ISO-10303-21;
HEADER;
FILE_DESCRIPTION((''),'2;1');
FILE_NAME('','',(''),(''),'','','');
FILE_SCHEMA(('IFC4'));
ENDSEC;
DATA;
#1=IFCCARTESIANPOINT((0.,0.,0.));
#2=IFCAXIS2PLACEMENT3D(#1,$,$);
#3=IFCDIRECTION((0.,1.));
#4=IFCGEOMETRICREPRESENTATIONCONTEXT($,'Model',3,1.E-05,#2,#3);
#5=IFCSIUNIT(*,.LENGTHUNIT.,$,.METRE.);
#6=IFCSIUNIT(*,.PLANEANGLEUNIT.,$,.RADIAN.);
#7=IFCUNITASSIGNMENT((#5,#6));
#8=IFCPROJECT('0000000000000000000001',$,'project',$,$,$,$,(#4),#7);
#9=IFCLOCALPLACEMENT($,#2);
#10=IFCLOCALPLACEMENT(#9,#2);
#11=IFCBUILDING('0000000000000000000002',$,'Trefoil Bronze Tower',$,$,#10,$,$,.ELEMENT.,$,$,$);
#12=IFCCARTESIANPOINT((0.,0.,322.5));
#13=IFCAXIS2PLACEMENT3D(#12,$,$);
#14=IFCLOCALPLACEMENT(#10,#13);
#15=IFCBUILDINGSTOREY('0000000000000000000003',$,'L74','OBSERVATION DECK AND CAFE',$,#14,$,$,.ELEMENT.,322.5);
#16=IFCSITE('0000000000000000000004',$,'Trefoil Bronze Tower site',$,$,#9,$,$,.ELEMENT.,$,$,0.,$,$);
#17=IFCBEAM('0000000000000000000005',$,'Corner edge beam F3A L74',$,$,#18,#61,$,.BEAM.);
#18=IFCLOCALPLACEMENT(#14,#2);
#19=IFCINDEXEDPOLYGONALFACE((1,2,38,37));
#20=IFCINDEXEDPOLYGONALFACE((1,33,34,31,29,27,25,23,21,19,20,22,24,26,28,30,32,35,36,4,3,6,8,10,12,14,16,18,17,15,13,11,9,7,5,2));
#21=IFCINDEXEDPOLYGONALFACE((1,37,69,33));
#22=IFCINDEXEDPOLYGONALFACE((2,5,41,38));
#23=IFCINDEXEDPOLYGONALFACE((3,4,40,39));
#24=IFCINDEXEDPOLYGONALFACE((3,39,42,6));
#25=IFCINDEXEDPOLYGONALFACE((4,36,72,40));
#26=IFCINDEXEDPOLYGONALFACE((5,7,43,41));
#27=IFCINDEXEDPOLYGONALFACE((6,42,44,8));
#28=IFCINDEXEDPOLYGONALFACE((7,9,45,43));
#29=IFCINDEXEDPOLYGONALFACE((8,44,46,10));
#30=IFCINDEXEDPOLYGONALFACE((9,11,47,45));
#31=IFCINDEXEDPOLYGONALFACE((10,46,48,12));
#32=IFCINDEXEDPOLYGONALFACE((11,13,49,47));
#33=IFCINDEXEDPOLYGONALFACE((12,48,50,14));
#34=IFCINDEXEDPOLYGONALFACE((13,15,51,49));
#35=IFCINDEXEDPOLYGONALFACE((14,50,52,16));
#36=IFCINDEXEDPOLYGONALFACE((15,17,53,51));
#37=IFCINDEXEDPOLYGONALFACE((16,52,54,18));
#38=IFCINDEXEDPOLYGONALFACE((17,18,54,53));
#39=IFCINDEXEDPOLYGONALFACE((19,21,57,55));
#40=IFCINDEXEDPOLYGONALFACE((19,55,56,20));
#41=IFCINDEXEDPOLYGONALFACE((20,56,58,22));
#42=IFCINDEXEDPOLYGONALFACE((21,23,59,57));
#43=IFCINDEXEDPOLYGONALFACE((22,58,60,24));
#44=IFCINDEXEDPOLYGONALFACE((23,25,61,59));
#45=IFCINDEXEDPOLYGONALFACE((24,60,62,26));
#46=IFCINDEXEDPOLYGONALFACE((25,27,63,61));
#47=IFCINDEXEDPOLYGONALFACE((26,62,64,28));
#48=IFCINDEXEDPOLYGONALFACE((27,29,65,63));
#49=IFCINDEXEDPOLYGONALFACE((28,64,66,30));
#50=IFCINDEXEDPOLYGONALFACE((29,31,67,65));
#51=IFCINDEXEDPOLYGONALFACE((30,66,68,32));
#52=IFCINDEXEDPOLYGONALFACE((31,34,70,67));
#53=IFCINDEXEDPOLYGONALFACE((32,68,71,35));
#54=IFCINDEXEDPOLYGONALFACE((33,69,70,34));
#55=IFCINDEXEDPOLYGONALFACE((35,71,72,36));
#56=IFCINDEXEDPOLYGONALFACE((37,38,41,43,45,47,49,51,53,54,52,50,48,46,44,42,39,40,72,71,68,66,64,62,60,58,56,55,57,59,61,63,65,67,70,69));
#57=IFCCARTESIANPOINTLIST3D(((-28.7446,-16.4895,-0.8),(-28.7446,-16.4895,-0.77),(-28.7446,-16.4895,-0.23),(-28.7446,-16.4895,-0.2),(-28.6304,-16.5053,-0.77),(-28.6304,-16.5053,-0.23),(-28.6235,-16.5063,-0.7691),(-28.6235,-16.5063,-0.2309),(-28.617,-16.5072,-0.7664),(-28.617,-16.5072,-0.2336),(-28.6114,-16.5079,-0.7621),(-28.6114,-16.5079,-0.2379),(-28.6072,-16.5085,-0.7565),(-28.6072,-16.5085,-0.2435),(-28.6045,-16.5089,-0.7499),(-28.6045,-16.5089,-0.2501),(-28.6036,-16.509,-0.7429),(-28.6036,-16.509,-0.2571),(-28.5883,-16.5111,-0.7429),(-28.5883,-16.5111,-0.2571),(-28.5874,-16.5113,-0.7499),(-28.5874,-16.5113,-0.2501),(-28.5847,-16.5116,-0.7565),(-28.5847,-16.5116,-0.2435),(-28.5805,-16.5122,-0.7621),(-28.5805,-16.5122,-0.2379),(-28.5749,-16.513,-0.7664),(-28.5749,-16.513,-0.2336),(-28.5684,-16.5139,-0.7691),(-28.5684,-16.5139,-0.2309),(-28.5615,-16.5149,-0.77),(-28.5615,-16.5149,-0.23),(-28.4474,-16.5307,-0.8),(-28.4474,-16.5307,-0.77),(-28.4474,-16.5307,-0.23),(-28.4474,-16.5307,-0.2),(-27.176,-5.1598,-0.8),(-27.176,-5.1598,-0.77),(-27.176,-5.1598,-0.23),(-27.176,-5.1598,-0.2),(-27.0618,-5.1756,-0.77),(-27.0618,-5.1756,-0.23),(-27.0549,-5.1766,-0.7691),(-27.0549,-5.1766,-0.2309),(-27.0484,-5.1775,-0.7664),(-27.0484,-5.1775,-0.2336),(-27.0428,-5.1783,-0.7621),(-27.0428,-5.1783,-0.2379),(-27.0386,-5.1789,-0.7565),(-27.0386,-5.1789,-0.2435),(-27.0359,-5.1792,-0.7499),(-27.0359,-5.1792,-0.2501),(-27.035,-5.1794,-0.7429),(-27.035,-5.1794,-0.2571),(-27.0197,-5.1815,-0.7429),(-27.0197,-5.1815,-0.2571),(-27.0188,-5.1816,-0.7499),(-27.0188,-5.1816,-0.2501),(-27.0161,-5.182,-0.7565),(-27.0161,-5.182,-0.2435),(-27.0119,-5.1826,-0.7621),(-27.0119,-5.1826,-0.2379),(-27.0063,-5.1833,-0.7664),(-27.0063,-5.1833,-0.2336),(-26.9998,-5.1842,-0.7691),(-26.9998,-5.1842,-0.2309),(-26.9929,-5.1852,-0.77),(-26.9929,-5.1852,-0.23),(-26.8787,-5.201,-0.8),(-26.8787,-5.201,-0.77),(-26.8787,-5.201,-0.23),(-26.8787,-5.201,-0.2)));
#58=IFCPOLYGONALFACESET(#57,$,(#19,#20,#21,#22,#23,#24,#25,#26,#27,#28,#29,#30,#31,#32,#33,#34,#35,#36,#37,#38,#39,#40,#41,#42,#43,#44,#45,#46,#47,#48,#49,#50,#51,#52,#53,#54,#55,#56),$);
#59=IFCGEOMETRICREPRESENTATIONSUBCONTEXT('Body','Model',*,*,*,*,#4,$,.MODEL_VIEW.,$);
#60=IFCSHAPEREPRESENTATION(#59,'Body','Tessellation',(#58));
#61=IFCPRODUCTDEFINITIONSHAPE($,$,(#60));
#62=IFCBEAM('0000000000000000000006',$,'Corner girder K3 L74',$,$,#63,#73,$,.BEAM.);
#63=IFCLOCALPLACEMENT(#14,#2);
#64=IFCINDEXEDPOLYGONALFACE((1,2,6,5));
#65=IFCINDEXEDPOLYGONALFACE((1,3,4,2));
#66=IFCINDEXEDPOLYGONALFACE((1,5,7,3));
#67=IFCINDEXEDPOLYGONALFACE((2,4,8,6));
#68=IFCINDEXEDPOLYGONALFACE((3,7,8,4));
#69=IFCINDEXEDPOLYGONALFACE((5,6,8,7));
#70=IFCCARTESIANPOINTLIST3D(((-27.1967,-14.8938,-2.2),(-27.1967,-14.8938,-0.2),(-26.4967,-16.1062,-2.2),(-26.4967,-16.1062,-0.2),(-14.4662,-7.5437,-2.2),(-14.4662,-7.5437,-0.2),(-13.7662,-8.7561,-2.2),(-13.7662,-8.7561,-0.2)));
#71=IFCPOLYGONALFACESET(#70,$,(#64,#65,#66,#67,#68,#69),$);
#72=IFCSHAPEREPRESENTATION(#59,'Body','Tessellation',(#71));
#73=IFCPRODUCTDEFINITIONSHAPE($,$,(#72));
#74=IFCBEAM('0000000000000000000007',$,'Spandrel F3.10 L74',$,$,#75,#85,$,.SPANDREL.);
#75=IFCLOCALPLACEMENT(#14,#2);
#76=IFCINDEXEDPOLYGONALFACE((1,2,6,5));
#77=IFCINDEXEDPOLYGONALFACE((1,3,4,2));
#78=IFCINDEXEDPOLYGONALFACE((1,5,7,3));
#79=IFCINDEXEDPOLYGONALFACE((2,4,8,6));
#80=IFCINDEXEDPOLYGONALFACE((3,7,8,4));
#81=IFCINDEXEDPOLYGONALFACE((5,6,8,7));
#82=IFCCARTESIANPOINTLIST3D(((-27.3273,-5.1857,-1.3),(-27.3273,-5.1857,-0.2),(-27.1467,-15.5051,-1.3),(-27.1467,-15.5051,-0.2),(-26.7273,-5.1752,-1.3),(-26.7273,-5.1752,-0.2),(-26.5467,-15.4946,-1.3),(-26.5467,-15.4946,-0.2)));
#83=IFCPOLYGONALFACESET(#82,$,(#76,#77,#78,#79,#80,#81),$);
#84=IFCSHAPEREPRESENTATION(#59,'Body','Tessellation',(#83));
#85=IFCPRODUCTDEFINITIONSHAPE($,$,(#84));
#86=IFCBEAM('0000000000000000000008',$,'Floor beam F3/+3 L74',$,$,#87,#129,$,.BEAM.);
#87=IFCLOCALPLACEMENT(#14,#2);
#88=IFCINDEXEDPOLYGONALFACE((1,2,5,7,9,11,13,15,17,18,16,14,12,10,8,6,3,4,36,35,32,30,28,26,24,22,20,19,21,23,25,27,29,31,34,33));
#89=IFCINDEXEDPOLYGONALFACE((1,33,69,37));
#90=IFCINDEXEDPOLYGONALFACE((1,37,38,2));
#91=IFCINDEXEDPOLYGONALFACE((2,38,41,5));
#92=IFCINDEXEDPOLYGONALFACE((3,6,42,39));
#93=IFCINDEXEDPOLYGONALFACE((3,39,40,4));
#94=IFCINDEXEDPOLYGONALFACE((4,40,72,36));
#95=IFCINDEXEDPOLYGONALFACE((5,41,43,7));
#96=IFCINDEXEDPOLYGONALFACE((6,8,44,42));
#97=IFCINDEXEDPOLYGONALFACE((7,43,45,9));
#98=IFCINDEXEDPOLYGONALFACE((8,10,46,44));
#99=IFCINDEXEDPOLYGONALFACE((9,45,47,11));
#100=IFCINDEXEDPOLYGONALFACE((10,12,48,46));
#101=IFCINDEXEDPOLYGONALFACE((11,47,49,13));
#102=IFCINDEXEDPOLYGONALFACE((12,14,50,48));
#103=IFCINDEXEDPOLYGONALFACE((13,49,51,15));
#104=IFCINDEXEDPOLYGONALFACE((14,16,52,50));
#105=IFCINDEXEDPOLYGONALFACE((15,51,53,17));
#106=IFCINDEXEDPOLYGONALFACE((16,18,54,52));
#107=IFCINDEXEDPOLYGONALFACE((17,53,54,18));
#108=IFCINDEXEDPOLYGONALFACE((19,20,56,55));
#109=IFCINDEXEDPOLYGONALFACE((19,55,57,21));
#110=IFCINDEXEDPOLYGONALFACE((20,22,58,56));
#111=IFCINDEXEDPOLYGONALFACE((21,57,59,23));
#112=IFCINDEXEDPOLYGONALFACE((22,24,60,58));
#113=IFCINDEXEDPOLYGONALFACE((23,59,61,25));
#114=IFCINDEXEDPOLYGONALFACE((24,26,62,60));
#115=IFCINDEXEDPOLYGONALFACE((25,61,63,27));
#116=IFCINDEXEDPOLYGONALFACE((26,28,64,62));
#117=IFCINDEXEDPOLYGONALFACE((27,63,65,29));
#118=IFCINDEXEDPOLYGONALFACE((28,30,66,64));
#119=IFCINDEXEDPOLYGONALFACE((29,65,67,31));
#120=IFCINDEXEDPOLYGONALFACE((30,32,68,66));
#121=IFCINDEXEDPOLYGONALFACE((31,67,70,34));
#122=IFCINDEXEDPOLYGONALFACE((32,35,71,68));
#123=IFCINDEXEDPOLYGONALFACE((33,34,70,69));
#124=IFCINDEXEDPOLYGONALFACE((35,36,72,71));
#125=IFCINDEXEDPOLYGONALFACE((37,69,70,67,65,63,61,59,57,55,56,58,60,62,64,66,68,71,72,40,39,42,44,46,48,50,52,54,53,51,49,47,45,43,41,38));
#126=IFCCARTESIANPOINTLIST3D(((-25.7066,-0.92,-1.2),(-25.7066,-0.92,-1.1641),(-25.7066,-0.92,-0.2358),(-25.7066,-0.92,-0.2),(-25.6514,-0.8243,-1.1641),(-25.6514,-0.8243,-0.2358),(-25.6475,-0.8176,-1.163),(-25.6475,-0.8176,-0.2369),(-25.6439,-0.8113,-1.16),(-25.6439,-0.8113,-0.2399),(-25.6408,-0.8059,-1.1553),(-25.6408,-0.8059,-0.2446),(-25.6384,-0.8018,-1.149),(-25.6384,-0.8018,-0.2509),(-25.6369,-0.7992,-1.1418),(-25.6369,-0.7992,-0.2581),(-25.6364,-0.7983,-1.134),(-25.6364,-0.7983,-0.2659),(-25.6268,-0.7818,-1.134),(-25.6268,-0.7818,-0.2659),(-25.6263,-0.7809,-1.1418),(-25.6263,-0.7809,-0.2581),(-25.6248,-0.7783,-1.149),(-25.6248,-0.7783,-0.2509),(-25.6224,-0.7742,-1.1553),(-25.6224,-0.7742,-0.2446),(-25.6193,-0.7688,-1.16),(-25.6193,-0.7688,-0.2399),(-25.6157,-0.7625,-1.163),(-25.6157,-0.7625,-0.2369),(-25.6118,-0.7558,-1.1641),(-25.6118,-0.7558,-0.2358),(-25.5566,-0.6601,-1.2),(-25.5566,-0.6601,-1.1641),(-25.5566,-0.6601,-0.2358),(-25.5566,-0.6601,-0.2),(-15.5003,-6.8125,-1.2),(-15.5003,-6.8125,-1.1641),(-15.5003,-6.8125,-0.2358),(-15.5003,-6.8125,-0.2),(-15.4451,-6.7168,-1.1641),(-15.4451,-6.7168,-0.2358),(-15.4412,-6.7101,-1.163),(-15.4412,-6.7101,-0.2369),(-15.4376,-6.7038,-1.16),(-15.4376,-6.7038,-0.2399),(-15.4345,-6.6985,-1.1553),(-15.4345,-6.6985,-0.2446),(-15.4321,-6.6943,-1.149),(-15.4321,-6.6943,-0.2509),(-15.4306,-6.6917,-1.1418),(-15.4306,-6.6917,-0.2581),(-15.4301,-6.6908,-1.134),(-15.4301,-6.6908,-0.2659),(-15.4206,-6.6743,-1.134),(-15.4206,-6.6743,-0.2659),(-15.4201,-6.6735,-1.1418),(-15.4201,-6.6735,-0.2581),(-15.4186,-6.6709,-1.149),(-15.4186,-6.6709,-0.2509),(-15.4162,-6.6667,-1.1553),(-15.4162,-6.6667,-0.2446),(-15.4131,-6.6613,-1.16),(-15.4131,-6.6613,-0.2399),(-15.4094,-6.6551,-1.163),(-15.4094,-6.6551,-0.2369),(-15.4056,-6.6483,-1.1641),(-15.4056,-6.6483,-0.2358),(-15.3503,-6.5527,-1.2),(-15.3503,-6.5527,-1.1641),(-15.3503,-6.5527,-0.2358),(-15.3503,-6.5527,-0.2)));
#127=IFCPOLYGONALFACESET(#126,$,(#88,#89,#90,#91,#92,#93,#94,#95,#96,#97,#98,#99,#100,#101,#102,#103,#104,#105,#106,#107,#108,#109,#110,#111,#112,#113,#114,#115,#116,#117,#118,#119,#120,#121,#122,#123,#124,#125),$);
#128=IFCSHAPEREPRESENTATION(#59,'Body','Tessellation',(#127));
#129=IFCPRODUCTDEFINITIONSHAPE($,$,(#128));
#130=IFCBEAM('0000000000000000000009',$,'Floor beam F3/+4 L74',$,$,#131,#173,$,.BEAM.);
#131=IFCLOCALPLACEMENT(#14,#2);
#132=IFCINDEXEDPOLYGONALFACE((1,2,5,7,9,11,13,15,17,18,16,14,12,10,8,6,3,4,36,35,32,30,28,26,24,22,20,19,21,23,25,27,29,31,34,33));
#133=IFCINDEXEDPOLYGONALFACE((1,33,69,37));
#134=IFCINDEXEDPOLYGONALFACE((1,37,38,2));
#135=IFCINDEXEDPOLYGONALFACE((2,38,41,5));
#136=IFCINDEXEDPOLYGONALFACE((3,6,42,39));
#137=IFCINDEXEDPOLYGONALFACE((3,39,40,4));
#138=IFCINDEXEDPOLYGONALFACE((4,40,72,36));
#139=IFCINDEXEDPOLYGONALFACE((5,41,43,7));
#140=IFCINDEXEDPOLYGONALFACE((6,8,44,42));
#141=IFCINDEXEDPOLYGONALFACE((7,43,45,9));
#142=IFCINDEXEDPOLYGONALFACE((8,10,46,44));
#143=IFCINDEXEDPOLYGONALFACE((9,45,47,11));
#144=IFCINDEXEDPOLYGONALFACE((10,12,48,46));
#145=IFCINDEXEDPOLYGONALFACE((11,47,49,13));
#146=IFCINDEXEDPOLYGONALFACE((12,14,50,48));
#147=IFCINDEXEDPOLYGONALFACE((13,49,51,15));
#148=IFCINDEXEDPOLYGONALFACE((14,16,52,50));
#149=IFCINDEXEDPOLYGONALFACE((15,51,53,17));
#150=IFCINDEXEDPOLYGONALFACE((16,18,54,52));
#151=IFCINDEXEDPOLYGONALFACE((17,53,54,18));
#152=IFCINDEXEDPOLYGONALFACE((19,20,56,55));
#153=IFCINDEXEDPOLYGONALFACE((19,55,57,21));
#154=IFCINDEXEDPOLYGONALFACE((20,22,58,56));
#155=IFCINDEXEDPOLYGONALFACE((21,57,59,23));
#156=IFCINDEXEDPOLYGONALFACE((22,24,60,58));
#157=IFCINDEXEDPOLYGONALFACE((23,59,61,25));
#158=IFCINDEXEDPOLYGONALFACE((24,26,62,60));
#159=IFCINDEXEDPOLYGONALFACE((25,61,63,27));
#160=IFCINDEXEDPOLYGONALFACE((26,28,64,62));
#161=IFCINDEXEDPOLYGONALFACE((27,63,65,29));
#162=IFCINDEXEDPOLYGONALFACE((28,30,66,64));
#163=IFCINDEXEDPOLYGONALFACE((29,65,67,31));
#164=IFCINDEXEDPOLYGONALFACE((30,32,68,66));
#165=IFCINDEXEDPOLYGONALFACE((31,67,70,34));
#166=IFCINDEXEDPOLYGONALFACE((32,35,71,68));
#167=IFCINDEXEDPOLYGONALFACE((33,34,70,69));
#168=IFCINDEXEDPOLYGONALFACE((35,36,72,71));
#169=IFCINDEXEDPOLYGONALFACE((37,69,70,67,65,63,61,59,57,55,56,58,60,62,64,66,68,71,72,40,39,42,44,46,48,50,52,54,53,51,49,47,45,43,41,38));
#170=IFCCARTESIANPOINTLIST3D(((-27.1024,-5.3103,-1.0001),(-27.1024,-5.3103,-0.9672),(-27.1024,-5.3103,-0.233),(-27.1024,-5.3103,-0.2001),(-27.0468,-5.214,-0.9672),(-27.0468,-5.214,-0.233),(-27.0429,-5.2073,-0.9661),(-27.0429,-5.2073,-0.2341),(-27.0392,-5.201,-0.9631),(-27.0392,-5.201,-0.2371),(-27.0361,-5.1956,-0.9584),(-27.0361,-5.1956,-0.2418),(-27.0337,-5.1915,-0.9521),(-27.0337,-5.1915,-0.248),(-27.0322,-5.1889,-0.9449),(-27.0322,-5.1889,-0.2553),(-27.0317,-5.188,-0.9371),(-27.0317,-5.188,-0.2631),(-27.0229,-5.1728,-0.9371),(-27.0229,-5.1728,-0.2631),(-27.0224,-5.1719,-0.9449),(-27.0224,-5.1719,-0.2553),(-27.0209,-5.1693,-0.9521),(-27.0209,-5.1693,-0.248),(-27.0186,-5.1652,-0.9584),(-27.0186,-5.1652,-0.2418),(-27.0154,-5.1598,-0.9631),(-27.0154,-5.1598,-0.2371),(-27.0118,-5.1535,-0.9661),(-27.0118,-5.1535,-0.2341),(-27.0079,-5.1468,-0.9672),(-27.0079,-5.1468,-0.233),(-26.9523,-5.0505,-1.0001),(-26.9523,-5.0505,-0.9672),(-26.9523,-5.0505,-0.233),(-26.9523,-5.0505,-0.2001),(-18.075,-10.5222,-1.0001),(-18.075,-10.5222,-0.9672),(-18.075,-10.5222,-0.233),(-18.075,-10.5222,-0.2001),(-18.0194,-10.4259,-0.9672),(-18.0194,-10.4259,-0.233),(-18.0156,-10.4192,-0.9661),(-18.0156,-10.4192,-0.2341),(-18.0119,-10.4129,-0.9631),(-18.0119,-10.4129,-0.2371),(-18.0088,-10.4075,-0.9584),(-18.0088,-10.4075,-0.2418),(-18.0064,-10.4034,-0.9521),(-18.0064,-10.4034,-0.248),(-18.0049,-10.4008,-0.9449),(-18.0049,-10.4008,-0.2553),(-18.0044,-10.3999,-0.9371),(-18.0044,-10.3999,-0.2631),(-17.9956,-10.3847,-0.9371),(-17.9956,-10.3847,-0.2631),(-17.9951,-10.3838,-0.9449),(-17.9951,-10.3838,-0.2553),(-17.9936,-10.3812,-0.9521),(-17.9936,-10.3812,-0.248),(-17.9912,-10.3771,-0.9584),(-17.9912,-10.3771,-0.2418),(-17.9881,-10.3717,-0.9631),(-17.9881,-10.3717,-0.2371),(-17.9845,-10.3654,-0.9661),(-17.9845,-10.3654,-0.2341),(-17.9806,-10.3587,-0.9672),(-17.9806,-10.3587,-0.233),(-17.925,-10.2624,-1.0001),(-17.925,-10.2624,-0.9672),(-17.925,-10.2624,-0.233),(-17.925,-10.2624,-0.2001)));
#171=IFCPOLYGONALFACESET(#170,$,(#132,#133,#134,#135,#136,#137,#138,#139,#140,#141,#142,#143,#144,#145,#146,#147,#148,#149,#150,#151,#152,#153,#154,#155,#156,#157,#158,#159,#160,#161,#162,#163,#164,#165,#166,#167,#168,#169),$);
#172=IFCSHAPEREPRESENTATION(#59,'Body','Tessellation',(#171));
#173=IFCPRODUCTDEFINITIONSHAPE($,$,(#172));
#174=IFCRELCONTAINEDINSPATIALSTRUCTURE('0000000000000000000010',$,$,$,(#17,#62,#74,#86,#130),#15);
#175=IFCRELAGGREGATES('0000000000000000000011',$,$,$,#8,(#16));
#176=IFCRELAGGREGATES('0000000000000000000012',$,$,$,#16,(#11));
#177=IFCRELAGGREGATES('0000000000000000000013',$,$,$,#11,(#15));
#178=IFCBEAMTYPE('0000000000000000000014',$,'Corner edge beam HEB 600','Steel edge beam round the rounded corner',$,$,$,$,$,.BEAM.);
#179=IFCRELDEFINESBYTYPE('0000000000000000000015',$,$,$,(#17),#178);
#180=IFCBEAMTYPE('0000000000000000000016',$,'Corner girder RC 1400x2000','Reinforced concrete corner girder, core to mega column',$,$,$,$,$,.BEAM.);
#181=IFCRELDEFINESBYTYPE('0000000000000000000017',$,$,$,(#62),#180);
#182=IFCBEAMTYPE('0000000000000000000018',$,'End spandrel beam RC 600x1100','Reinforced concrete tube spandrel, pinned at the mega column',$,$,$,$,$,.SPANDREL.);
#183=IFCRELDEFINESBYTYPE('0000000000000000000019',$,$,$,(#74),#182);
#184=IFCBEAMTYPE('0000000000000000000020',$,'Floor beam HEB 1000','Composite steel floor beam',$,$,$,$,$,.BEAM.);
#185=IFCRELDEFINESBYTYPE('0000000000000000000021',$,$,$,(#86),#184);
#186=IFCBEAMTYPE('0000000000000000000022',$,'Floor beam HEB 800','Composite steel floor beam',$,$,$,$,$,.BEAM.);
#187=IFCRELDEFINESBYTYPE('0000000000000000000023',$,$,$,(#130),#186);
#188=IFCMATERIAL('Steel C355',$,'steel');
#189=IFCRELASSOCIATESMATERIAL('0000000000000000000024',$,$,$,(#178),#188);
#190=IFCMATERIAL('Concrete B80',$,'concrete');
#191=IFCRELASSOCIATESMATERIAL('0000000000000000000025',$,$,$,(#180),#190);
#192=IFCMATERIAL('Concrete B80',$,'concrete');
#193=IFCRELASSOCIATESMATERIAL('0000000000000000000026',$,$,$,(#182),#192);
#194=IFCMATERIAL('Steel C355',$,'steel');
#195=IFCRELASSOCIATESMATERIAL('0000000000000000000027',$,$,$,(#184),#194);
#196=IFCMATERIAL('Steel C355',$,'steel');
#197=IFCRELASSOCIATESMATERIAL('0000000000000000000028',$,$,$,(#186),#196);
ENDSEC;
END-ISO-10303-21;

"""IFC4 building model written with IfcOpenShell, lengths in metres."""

from ifc_helpers import new_model, si_unit, direction, frame, origin, origin_2d, place, context, subcontext, project, spatial, rectangle, i_section, extrude, material, material_profile, profile_set, type_object, element, save


model = new_model("IFC4")

# Units and contexts
model_context = context("Model", 3, precision=1e-05, world=origin(), true_north=direction((0.0, 1.0)))
body_context = subcontext(model_context, "Body", "Model", "MODEL_VIEW")
ifc_project = project(units=[si_unit("LENGTHUNIT", "METRE"), si_unit("PLANEANGLEUNIT", "RADIAN")], contexts=[model_context])

# Site, building, storey
site_placement = place(None, origin())
site = spatial("IfcSite", under=ifc_project, at=site_placement, Name="Trefoil Bronze Tower site", CompositionType="ELEMENT", RefElevation=0.0)
building_placement = place(site_placement, origin())
building = spatial("IfcBuilding", under=site, at=building_placement, Name="Trefoil Bronze Tower", CompositionType="ELEMENT")
storey_placement = place(building_placement, frame((0.0, 0.0, 322.5)))
storey = spatial("IfcBuildingStorey", under=building, at=storey_placement, Name="L74", Description="OBSERVATION DECK AND CAFE", CompositionType="ELEMENT", Elevation=322.5)

# Beams
ifc_material_1 = material(Name="Steel C355", Category="steel")
ifc_material_profile_1 = material_profile(ifc_material_1, i_section(OverallWidth=0.3, OverallDepth=0.6001, WebThickness=0.0154, FlangeThickness=0.03, FilletRadius=0.0271, at=origin_2d()), Name="HEB 600")
ifc_profile_set_1 = profile_set([ifc_material_profile_1], Name="Steel C355")
beam_type_1 = type_object("IfcBeamType", Name="Corner edge beam HEB 600", Description="Steel edge beam round the rounded corner", PredefinedType="BEAM", material=ifc_profile_set_1)
beam_1_placement = place(storey_placement, frame((-27.0273, -5.1804, -0.5), z_axis=(-0.137144, -0.990551, 0.0), x_axis=(0.990551, -0.137144, 0.0)))
element("IfcBeam", 1, at=beam_1_placement, inside=storey, type_object=beam_type_1, Name="Corner edge beam F3A L74", PredefinedType="BEAM", context=body_context, shape_type="SweptSolid", body=[
    extrude(i_section(OverallWidth=0.3, OverallDepth=0.6001, WebThickness=0.0154, FlangeThickness=0.03, FilletRadius=0.0271, at=origin_2d()), origin(), (0.0, 0.0, 1.0), 11.4377),
])
ifc_material_2 = material(Name="Concrete B80", Category="concrete")
ifc_material_profile_2 = material_profile(ifc_material_2, rectangle(XDim=1.3999, YDim=2.0, at=origin_2d()), Name="RC 1400x2000")
ifc_profile_set_2 = profile_set([ifc_material_profile_2], Name="Concrete B80")
beam_type_2 = type_object("IfcBeamType", Name="Corner girder RC 1400x2000", Description="Reinforced concrete corner girder, core to mega column", PredefinedType="BEAM", material=ifc_profile_set_2)
beam_2_placement = place(storey_placement, frame((-14.1162, -8.1499, -1.2), z_axis=(-0.866021, -0.500008, 0.0), x_axis=(0.500008, -0.866021, 0.0)))
element("IfcBeam", 2, at=beam_2_placement, inside=storey, type_object=beam_type_2, Name="Corner girder K3 L74", PredefinedType="BEAM", context=body_context, shape_type="SweptSolid", body=[
    extrude(rectangle(XDim=1.3999, YDim=2.0, at=origin_2d()), origin(), (0.0, 0.0, 1.0), 14.7),
])
ifc_material_3 = material(Name="Concrete B80", Category="concrete")
ifc_material_profile_3 = material_profile(ifc_material_3, rectangle(XDim=0.6001, YDim=1.1001, at=origin_2d()), Name="RC 600x1100")
ifc_profile_set_3 = profile_set([ifc_material_profile_3], Name="Concrete B80")
beam_type_3 = type_object("IfcBeamType", Name="End spandrel beam RC 600x1100", Description="Reinforced concrete tube spandrel, pinned at the mega column", PredefinedType="SPANDREL", material=ifc_profile_set_3)
beam_3_placement = place(storey_placement, frame((-27.0273, -5.1804, -0.75), z_axis=(0.017504, -0.999847, 0.0), x_axis=(0.999847, 0.017504, 0.0)))
element("IfcBeam", 3, at=beam_3_placement, inside=storey, type_object=beam_type_3, Name="Spandrel F3.10 L74", PredefinedType="SPANDREL", context=body_context, shape_type="SweptSolid", body=[
    extrude(rectangle(XDim=0.6001, YDim=1.1001, at=origin_2d()), origin(), (0.0, 0.0, 1.0), 10.321),
])
ifc_material_4 = material(Name="Steel C355", Category="steel")
ifc_material_profile_4 = material_profile(ifc_material_4, i_section(OverallWidth=0.3, OverallDepth=1.0, WebThickness=0.019, FlangeThickness=0.0359, FilletRadius=0.03, at=origin_2d()), Name="HEB 1000")
ifc_profile_set_4 = profile_set([ifc_material_profile_4], Name="Steel C355")
beam_type_4 = type_object("IfcBeamType", Name="Floor beam HEB 1000", Description="Composite steel floor beam", PredefinedType="BEAM", material=ifc_profile_set_4)
beam_4_placement = place(storey_placement, frame((-25.6316, -0.79, -0.7), z_axis=(0.866027, -0.499998, 0.0), x_axis=(0.499998, 0.866027, 0.0)))
element("IfcBeam", 4, at=beam_4_placement, inside=storey, type_object=beam_type_4, Name="Floor beam F3/+3 L74", PredefinedType="BEAM", context=body_context, shape_type="SweptSolid", body=[
    extrude(i_section(OverallWidth=0.3, OverallDepth=1.0, WebThickness=0.019, FlangeThickness=0.0359, FilletRadius=0.03, at=origin_2d()), origin(), (0.0, 0.0, 1.0), 11.7852),
])
ifc_material_5 = material(Name="Steel C355", Category="steel")
ifc_material_profile_5 = material_profile(ifc_material_5, i_section(OverallWidth=0.3, OverallDepth=0.8, WebThickness=0.0176, FlangeThickness=0.033, FilletRadius=0.03, at=origin_2d()), Name="HEB 800")
ifc_profile_set_5 = profile_set([ifc_material_profile_5], Name="Steel C355")
beam_type_5 = type_object("IfcBeamType", Name="Floor beam HEB 800", Description="Composite steel floor beam", PredefinedType="BEAM", material=ifc_profile_set_5)
beam_5_placement = place(storey_placement, frame((-27.0273, -5.1804, -0.6001), z_axis=(0.866026, -0.499998, 0.0), x_axis=(0.499998, 0.866026, 0.0)))
element("IfcBeam", 5, at=beam_5_placement, inside=storey, type_object=beam_type_5, Name="Floor beam F3/+4 L74", PredefinedType="BEAM", context=body_context, shape_type="SweptSolid", body=[
    extrude(i_section(OverallWidth=0.3, OverallDepth=0.8, WebThickness=0.0176, FlangeThickness=0.033, FilletRadius=0.03, at=origin_2d()), origin(), (0.0, 0.0, 1.0), 10.4238),
])

save(model, "model.ifc")
